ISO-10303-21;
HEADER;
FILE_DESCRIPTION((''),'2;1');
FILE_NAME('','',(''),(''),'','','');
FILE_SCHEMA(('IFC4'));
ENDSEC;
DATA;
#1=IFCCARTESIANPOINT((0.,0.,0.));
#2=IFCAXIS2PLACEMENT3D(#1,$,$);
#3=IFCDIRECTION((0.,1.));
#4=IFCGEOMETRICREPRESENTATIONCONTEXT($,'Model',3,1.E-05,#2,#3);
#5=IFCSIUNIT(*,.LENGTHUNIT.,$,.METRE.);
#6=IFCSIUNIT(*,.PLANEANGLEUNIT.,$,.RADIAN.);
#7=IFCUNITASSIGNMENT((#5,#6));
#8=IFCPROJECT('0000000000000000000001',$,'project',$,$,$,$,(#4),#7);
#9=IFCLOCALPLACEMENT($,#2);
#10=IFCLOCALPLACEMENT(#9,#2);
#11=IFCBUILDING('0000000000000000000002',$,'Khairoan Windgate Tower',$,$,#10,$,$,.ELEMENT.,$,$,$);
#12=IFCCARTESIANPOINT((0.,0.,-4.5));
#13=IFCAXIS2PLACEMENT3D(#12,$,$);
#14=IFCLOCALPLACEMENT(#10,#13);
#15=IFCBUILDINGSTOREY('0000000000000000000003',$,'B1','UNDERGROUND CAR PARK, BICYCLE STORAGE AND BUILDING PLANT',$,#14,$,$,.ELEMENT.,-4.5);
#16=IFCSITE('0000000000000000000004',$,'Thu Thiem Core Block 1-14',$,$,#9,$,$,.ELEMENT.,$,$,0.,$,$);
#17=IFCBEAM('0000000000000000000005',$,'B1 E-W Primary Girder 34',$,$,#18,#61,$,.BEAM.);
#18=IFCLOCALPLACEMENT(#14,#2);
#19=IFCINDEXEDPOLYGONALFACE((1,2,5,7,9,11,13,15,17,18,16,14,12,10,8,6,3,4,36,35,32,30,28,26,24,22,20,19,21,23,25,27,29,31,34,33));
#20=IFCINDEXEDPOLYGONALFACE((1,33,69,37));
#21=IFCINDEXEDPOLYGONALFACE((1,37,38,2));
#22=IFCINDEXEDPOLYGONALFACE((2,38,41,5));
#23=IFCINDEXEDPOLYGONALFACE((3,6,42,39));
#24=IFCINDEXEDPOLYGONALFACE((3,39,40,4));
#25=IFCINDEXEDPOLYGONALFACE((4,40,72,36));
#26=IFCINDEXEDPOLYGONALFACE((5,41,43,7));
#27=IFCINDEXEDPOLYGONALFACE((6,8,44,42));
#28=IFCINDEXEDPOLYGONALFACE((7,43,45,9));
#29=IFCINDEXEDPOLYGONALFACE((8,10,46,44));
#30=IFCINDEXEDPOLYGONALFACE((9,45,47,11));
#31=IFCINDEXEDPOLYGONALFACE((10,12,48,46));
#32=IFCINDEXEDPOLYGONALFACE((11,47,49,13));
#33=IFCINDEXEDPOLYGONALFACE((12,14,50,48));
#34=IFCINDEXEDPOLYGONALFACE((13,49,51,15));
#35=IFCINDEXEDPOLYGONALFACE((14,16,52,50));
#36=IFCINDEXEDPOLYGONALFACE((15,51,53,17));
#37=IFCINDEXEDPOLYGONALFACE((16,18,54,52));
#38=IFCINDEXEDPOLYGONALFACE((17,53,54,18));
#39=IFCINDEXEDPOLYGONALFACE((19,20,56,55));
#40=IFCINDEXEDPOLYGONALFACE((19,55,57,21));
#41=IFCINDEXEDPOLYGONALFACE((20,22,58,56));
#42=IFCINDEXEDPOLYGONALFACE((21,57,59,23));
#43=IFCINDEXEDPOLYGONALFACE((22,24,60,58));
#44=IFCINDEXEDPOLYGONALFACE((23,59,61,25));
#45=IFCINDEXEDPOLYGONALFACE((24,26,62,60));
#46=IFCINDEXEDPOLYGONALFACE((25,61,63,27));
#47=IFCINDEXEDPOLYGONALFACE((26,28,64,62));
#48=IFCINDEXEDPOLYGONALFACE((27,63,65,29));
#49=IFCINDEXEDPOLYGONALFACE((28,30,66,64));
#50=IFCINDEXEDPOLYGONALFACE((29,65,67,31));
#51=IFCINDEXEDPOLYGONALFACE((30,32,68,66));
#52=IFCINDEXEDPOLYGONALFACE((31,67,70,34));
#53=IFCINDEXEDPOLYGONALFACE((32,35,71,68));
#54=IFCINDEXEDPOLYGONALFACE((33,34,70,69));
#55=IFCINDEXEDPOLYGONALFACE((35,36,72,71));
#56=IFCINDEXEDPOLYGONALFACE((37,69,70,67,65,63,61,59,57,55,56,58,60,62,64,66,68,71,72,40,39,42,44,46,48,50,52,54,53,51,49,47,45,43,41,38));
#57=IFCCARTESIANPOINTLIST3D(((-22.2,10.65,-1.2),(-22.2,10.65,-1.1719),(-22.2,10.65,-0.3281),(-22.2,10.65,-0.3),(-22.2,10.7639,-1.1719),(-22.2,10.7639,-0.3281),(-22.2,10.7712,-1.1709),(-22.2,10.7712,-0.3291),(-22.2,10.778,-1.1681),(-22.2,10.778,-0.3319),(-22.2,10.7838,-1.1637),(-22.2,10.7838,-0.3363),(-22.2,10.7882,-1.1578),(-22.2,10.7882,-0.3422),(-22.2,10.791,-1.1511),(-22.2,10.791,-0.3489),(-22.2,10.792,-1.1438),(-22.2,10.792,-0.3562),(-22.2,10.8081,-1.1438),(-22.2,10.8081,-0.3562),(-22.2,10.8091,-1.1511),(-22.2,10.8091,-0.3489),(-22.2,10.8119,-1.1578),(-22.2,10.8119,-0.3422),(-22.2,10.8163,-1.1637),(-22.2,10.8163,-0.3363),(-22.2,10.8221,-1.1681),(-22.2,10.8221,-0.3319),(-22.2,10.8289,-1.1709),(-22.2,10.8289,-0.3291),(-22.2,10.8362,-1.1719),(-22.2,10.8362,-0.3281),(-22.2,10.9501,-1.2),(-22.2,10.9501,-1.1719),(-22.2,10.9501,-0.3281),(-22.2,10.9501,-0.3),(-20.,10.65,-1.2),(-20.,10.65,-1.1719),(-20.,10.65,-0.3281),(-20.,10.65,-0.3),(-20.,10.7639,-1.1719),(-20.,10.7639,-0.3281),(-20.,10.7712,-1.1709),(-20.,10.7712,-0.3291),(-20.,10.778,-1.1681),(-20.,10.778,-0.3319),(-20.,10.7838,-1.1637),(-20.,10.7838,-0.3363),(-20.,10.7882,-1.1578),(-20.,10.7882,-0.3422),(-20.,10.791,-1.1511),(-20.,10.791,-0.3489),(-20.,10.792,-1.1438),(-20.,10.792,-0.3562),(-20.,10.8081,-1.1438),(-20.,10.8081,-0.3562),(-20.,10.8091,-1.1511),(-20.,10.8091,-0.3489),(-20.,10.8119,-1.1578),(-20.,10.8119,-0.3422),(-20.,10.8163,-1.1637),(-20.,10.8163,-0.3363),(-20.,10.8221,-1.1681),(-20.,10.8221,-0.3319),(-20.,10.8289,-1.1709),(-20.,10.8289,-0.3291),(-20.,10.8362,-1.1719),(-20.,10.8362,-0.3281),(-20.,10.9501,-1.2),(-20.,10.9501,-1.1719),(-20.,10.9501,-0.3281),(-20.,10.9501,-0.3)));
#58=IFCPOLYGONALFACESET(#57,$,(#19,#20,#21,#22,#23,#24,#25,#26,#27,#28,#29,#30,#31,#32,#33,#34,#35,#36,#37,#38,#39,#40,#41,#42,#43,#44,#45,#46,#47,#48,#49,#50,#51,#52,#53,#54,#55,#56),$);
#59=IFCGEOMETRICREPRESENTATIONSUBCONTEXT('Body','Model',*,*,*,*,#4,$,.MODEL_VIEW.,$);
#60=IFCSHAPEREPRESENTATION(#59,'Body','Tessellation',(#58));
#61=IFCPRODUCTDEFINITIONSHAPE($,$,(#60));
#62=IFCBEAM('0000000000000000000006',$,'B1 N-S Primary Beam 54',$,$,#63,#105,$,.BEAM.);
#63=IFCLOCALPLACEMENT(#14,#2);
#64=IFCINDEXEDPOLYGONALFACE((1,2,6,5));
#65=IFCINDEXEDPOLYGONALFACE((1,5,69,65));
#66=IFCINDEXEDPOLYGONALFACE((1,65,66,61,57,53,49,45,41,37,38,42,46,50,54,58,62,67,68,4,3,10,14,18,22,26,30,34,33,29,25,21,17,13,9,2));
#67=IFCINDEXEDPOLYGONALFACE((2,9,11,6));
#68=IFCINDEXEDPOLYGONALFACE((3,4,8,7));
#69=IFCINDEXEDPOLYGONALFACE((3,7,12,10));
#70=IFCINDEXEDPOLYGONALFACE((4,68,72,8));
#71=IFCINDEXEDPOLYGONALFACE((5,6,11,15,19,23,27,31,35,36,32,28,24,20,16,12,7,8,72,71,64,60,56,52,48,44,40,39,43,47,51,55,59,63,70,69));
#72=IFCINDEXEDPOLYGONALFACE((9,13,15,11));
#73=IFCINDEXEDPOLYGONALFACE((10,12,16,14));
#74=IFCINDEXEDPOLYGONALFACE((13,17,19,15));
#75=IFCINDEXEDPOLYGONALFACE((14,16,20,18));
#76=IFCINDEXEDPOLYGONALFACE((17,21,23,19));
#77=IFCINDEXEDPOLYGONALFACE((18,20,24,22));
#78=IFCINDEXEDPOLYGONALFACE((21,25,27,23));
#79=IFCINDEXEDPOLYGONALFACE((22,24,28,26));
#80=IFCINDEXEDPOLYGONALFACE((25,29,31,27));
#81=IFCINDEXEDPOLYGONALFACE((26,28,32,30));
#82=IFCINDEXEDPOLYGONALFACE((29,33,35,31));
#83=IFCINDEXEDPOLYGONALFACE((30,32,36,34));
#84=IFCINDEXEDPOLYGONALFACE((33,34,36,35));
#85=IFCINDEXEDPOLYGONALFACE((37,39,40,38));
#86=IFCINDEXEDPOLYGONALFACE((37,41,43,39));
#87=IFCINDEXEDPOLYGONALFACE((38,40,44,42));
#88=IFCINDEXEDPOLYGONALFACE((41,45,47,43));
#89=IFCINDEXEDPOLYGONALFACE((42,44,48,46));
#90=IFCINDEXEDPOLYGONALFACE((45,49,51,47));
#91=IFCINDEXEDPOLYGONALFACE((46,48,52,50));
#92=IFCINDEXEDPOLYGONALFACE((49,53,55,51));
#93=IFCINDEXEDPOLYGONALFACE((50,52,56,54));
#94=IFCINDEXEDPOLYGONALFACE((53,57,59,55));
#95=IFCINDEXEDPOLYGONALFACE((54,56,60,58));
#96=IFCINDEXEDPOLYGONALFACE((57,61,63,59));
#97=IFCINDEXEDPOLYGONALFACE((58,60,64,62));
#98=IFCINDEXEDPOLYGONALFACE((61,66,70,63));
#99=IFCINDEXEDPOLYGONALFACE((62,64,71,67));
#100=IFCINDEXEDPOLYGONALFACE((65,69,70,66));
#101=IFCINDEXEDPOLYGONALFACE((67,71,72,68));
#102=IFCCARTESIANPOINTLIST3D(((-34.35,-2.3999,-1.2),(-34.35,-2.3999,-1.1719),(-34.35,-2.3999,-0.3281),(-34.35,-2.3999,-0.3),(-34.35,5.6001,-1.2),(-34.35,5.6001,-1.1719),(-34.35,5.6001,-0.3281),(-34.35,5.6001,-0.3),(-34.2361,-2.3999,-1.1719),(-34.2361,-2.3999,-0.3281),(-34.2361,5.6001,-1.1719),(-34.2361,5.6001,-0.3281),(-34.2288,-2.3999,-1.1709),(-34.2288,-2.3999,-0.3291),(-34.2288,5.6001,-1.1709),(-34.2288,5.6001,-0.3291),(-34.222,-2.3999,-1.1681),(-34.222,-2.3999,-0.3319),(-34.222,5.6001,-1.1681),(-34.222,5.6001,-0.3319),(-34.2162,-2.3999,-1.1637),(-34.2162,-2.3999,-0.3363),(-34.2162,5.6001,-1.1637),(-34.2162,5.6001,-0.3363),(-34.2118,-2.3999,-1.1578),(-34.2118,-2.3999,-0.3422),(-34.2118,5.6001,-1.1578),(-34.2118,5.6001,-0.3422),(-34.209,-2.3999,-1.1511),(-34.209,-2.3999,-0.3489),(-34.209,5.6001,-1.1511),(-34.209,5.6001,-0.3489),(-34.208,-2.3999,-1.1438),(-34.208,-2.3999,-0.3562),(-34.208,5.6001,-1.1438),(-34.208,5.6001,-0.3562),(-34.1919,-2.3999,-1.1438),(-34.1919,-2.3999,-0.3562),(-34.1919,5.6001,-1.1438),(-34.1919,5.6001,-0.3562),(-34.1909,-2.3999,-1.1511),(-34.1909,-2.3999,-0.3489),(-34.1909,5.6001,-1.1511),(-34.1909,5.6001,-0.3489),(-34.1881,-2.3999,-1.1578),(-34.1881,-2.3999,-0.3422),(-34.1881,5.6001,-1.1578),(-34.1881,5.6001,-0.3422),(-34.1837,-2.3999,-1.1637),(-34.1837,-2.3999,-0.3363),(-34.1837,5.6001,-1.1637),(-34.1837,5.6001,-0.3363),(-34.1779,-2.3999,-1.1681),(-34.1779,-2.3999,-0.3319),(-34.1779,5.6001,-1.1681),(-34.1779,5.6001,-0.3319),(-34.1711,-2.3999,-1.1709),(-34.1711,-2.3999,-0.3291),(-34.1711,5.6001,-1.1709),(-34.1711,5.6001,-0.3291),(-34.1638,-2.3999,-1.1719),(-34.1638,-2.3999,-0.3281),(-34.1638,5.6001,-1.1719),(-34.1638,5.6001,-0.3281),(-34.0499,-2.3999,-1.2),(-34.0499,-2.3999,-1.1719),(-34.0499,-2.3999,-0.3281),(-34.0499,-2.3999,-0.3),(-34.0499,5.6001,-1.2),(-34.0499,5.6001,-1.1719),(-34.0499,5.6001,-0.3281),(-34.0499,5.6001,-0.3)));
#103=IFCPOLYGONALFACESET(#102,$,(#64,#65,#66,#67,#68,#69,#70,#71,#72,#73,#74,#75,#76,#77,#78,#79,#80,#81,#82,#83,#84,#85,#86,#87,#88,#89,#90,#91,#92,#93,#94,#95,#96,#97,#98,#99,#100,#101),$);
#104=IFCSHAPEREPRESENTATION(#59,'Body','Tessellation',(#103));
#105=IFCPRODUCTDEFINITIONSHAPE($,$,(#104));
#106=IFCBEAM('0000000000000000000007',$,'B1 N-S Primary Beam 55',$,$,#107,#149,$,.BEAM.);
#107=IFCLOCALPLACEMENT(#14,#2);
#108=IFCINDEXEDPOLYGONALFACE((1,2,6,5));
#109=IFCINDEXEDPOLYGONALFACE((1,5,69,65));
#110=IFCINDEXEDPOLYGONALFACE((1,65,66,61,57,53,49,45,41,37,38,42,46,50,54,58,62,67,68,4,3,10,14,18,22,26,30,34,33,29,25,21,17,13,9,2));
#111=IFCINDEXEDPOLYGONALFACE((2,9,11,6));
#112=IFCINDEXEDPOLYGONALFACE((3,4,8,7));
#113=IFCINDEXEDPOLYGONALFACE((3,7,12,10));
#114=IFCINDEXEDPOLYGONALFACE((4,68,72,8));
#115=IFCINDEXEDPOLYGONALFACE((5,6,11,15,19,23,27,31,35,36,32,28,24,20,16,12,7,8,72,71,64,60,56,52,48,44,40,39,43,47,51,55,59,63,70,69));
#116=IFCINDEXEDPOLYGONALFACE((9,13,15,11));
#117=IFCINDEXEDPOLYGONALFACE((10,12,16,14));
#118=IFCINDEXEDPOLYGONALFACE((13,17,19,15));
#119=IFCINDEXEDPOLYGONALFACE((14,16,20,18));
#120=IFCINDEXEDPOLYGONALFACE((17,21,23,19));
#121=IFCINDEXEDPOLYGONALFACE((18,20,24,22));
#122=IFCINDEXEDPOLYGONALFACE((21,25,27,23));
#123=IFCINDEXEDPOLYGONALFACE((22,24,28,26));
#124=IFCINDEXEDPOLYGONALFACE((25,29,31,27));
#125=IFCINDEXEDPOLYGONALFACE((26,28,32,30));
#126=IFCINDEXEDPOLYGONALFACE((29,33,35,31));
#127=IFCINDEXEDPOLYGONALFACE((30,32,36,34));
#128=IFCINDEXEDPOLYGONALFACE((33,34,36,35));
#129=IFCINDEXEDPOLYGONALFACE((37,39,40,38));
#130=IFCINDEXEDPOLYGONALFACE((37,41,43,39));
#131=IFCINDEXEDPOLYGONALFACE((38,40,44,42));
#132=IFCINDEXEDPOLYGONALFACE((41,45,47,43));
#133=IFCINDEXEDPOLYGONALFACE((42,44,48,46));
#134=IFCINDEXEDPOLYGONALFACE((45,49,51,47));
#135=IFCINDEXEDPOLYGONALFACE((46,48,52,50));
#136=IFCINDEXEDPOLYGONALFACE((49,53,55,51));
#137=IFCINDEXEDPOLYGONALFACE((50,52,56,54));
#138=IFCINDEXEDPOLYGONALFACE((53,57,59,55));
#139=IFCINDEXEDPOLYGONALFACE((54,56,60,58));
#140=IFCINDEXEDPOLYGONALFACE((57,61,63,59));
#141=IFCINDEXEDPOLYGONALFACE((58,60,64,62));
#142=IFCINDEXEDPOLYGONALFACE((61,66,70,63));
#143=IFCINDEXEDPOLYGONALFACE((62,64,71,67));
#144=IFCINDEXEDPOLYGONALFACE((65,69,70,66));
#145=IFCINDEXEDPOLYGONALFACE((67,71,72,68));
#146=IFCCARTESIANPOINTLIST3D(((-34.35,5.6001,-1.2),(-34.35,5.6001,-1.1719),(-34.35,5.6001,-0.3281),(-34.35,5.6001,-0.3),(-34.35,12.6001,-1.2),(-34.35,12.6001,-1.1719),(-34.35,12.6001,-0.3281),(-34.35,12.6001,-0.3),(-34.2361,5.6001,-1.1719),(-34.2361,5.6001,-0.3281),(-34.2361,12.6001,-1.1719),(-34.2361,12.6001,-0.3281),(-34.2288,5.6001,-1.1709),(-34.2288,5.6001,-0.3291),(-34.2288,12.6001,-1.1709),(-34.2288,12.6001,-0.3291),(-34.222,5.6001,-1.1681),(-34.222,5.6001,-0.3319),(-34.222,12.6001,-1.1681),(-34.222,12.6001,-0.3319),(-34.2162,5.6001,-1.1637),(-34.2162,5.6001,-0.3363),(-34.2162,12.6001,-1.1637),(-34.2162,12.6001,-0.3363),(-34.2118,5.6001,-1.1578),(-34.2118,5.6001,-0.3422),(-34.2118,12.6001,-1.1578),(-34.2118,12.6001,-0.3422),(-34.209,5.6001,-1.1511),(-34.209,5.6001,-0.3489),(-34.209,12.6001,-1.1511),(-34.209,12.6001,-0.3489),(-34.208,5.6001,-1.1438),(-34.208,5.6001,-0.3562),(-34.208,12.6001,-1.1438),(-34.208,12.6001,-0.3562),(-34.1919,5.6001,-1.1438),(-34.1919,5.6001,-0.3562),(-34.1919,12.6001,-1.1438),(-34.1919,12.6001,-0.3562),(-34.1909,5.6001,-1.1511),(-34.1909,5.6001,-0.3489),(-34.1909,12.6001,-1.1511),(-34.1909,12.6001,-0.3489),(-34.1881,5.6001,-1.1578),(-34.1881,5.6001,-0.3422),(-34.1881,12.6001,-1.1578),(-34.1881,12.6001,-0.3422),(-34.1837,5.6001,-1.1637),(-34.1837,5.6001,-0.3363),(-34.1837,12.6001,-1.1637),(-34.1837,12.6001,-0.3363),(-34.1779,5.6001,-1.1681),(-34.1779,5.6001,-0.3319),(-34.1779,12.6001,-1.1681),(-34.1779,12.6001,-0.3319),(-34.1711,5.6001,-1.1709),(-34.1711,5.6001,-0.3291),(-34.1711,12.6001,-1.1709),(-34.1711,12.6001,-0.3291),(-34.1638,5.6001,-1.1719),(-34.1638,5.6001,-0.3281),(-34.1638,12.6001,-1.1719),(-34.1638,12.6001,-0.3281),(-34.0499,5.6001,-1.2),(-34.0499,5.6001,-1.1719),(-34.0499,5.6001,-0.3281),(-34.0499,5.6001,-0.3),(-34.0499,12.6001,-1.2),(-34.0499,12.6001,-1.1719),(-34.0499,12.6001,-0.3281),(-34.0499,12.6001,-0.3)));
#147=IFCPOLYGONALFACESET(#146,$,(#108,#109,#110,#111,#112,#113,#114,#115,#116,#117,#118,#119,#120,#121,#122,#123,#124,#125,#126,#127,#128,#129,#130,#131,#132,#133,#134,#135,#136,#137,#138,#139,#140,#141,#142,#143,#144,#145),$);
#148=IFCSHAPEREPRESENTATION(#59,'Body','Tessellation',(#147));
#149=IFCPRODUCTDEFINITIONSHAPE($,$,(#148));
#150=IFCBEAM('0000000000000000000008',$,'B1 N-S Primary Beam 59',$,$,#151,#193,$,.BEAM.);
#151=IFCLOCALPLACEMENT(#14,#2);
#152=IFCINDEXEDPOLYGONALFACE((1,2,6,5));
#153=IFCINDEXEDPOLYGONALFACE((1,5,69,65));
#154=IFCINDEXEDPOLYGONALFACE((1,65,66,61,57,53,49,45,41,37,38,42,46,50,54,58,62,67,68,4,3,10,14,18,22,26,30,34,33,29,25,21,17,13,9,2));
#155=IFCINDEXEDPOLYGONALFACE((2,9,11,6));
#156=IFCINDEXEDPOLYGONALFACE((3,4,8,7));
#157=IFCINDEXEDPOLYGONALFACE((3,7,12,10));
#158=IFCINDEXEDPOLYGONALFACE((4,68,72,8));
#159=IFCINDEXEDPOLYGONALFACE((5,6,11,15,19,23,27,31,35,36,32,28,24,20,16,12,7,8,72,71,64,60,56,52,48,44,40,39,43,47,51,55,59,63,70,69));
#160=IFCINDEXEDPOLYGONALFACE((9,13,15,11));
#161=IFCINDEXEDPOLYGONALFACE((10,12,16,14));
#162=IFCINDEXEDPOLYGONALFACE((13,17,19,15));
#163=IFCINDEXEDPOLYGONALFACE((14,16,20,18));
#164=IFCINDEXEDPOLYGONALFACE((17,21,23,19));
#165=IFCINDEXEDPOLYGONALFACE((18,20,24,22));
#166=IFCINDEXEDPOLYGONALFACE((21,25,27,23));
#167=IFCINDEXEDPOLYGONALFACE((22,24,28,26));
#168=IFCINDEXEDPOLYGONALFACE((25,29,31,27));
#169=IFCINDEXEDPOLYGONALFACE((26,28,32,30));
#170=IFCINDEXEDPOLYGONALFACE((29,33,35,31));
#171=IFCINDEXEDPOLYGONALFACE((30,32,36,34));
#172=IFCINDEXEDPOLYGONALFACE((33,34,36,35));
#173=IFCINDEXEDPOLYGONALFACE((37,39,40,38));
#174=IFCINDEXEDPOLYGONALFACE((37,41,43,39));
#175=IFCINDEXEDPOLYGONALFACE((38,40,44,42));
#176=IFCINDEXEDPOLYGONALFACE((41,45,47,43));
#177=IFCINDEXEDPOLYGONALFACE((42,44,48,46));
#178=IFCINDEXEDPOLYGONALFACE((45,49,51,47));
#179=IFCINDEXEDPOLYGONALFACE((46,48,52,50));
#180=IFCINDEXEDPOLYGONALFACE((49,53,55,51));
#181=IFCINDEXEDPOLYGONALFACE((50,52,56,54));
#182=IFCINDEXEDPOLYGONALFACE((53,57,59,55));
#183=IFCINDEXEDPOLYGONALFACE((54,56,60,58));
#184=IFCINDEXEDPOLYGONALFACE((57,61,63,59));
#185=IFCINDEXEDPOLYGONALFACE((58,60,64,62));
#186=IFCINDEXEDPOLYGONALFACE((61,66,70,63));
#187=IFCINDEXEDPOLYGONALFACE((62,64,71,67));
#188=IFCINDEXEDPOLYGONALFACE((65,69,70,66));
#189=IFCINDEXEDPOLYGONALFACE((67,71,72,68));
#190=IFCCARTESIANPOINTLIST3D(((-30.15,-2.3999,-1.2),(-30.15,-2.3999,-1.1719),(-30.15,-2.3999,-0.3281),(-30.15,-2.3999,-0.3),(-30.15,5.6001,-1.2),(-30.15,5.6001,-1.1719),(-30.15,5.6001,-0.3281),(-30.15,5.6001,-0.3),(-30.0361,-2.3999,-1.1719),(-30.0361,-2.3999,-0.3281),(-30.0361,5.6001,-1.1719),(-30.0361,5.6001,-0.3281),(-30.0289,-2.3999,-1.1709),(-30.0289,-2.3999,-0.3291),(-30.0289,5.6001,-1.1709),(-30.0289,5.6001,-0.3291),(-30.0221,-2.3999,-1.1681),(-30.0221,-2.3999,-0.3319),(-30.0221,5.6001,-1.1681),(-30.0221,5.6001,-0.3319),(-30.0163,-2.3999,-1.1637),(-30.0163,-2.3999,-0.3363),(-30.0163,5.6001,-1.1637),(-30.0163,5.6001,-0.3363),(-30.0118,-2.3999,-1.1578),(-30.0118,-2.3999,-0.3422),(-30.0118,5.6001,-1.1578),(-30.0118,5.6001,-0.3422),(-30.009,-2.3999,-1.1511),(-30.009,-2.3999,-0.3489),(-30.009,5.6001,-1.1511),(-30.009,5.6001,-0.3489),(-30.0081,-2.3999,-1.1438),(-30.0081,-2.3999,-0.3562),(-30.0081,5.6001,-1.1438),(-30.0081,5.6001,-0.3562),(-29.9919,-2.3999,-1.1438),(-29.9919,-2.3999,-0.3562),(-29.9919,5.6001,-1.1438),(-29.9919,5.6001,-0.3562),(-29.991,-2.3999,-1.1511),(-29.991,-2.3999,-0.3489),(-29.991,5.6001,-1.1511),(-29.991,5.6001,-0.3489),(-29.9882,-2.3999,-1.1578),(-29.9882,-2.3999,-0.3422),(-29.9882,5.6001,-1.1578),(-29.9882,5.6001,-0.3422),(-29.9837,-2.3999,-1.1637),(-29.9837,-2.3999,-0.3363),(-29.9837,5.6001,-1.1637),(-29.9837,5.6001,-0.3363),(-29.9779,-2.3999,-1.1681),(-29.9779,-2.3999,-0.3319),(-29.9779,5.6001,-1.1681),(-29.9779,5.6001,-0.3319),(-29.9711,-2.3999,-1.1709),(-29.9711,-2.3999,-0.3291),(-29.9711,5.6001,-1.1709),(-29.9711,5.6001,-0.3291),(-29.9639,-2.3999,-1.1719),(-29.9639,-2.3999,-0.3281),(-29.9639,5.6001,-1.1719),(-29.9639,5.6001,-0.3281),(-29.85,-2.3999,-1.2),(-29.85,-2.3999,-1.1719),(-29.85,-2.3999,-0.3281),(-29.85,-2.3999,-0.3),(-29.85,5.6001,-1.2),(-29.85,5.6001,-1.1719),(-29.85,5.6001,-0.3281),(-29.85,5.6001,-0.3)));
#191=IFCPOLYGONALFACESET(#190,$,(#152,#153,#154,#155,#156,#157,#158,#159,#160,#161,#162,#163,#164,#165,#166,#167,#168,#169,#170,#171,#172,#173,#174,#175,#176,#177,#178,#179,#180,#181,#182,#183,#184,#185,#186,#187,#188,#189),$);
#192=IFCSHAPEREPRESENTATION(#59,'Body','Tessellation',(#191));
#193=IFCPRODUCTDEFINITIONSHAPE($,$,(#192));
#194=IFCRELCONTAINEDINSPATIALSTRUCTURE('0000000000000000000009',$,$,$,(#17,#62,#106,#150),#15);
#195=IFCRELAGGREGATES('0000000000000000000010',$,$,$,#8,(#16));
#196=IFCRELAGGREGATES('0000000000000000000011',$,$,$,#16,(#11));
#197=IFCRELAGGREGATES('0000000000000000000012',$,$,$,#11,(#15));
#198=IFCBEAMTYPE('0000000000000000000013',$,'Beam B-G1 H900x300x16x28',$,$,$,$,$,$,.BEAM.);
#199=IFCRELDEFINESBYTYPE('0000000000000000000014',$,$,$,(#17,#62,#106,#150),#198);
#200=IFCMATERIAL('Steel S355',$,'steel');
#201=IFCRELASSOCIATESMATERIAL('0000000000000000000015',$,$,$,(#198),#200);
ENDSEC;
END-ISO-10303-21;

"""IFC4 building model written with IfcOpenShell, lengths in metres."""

from ifc_helpers import new_model, si_unit, direction, frame, origin, origin_2d, place, context, subcontext, project, spatial, i_section, extrude, material, material_profile, profile_set, type_object, element, save


model = new_model("IFC4")

# Units and contexts
model_context = context("Model", 3, precision=1e-05, world=origin(), true_north=direction((0.0, 1.0)))
body_context = subcontext(model_context, "Body", "Model", "MODEL_VIEW")
ifc_project = project(units=[si_unit("LENGTHUNIT", "METRE"), si_unit("PLANEANGLEUNIT", "RADIAN")], contexts=[model_context])

# Site, building, storey
site_placement = place(None, origin())
site = spatial("IfcSite", under=ifc_project, at=site_placement, Name="Thu Thiem Core Block 1-14", CompositionType="ELEMENT", RefElevation=0.0)
building_placement = place(site_placement, origin())
building = spatial("IfcBuilding", under=site, at=building_placement, Name="Khairoan Windgate Tower", CompositionType="ELEMENT")
storey_placement = place(building_placement, frame((0.0, 0.0, -4.5)))
storey = spatial("IfcBuildingStorey", under=building, at=storey_placement, Name="B1", Description="UNDERGROUND CAR PARK, BICYCLE STORAGE AND BUILDING PLANT", CompositionType="ELEMENT", Elevation=-4.5)

# Beams
ifc_material_1 = material(Name="Steel S355", Category="steel")
ifc_material_profile_1 = material_profile(ifc_material_1, i_section(OverallWidth=0.3, OverallDepth=0.8999, WebThickness=0.0161, FlangeThickness=0.0281, FilletRadius=0.0281, at=origin_2d()))
ifc_profile_set_1 = profile_set([ifc_material_profile_1], Name="Steel S355")
beam_type_1 = type_object("IfcBeamType", Name="Beam B-G1 H900x300x16x28", PredefinedType="BEAM", material=ifc_profile_set_1)
beam_1_placement = place(storey_placement, frame((-22.2, 10.8, -0.75), z_axis=(1.0, 0.0, 0.0), x_axis=(0.0, 1.0, 0.0)))
element("IfcBeam", 1, at=beam_1_placement, inside=storey, type_object=beam_type_1, Name="B1 E-W Primary Girder 34", PredefinedType="BEAM", context=body_context, shape_type="SweptSolid", body=[
    extrude(i_section(OverallWidth=0.3, OverallDepth=0.8999, WebThickness=0.0161, FlangeThickness=0.0281, FilletRadius=0.0281, at=origin_2d()), origin(), (0.0, 0.0, 1.0), 2.2),
])
beam_2_placement = place(storey_placement, frame((-34.2, -2.3999, -0.75), z_axis=(0.0, 1.0, 0.0), x_axis=(-1.0, 0.0, 0.0)))
element("IfcBeam", 2, at=beam_2_placement, inside=storey, type_object=beam_type_1, Name="B1 N-S Primary Beam 54", PredefinedType="BEAM", context=body_context, shape_type="SweptSolid", body=[
    extrude(i_section(OverallWidth=0.3, OverallDepth=0.8999, WebThickness=0.0161, FlangeThickness=0.0281, FilletRadius=0.0281, at=origin_2d()), origin(), (0.0, 0.0, 1.0), 8.0),
])
beam_3_placement = place(storey_placement, frame((-34.2, 5.6001, -0.75), z_axis=(0.0, 1.0, 0.0), x_axis=(-1.0, 0.0, 0.0)))
element("IfcBeam", 3, at=beam_3_placement, inside=storey, type_object=beam_type_1, Name="B1 N-S Primary Beam 55", PredefinedType="BEAM", context=body_context, shape_type="SweptSolid", body=[
    extrude(i_section(OverallWidth=0.3, OverallDepth=0.8999, WebThickness=0.0161, FlangeThickness=0.0281, FilletRadius=0.0281, at=origin_2d()), origin(), (0.0, 0.0, 1.0), 7.0),
])
beam_4_placement = place(storey_placement, frame((-30.0, -2.3999, -0.75), z_axis=(0.0, 1.0, 0.0), x_axis=(-1.0, 0.0, 0.0)))
element("IfcBeam", 4, at=beam_4_placement, inside=storey, type_object=beam_type_1, Name="B1 N-S Primary Beam 59", PredefinedType="BEAM", context=body_context, shape_type="SweptSolid", body=[
    extrude(i_section(OverallWidth=0.3, OverallDepth=0.8999, WebThickness=0.0161, FlangeThickness=0.0281, FilletRadius=0.0281, at=origin_2d()), origin(), (0.0, 0.0, 1.0), 8.0),
])

save(model, "model.ifc")
